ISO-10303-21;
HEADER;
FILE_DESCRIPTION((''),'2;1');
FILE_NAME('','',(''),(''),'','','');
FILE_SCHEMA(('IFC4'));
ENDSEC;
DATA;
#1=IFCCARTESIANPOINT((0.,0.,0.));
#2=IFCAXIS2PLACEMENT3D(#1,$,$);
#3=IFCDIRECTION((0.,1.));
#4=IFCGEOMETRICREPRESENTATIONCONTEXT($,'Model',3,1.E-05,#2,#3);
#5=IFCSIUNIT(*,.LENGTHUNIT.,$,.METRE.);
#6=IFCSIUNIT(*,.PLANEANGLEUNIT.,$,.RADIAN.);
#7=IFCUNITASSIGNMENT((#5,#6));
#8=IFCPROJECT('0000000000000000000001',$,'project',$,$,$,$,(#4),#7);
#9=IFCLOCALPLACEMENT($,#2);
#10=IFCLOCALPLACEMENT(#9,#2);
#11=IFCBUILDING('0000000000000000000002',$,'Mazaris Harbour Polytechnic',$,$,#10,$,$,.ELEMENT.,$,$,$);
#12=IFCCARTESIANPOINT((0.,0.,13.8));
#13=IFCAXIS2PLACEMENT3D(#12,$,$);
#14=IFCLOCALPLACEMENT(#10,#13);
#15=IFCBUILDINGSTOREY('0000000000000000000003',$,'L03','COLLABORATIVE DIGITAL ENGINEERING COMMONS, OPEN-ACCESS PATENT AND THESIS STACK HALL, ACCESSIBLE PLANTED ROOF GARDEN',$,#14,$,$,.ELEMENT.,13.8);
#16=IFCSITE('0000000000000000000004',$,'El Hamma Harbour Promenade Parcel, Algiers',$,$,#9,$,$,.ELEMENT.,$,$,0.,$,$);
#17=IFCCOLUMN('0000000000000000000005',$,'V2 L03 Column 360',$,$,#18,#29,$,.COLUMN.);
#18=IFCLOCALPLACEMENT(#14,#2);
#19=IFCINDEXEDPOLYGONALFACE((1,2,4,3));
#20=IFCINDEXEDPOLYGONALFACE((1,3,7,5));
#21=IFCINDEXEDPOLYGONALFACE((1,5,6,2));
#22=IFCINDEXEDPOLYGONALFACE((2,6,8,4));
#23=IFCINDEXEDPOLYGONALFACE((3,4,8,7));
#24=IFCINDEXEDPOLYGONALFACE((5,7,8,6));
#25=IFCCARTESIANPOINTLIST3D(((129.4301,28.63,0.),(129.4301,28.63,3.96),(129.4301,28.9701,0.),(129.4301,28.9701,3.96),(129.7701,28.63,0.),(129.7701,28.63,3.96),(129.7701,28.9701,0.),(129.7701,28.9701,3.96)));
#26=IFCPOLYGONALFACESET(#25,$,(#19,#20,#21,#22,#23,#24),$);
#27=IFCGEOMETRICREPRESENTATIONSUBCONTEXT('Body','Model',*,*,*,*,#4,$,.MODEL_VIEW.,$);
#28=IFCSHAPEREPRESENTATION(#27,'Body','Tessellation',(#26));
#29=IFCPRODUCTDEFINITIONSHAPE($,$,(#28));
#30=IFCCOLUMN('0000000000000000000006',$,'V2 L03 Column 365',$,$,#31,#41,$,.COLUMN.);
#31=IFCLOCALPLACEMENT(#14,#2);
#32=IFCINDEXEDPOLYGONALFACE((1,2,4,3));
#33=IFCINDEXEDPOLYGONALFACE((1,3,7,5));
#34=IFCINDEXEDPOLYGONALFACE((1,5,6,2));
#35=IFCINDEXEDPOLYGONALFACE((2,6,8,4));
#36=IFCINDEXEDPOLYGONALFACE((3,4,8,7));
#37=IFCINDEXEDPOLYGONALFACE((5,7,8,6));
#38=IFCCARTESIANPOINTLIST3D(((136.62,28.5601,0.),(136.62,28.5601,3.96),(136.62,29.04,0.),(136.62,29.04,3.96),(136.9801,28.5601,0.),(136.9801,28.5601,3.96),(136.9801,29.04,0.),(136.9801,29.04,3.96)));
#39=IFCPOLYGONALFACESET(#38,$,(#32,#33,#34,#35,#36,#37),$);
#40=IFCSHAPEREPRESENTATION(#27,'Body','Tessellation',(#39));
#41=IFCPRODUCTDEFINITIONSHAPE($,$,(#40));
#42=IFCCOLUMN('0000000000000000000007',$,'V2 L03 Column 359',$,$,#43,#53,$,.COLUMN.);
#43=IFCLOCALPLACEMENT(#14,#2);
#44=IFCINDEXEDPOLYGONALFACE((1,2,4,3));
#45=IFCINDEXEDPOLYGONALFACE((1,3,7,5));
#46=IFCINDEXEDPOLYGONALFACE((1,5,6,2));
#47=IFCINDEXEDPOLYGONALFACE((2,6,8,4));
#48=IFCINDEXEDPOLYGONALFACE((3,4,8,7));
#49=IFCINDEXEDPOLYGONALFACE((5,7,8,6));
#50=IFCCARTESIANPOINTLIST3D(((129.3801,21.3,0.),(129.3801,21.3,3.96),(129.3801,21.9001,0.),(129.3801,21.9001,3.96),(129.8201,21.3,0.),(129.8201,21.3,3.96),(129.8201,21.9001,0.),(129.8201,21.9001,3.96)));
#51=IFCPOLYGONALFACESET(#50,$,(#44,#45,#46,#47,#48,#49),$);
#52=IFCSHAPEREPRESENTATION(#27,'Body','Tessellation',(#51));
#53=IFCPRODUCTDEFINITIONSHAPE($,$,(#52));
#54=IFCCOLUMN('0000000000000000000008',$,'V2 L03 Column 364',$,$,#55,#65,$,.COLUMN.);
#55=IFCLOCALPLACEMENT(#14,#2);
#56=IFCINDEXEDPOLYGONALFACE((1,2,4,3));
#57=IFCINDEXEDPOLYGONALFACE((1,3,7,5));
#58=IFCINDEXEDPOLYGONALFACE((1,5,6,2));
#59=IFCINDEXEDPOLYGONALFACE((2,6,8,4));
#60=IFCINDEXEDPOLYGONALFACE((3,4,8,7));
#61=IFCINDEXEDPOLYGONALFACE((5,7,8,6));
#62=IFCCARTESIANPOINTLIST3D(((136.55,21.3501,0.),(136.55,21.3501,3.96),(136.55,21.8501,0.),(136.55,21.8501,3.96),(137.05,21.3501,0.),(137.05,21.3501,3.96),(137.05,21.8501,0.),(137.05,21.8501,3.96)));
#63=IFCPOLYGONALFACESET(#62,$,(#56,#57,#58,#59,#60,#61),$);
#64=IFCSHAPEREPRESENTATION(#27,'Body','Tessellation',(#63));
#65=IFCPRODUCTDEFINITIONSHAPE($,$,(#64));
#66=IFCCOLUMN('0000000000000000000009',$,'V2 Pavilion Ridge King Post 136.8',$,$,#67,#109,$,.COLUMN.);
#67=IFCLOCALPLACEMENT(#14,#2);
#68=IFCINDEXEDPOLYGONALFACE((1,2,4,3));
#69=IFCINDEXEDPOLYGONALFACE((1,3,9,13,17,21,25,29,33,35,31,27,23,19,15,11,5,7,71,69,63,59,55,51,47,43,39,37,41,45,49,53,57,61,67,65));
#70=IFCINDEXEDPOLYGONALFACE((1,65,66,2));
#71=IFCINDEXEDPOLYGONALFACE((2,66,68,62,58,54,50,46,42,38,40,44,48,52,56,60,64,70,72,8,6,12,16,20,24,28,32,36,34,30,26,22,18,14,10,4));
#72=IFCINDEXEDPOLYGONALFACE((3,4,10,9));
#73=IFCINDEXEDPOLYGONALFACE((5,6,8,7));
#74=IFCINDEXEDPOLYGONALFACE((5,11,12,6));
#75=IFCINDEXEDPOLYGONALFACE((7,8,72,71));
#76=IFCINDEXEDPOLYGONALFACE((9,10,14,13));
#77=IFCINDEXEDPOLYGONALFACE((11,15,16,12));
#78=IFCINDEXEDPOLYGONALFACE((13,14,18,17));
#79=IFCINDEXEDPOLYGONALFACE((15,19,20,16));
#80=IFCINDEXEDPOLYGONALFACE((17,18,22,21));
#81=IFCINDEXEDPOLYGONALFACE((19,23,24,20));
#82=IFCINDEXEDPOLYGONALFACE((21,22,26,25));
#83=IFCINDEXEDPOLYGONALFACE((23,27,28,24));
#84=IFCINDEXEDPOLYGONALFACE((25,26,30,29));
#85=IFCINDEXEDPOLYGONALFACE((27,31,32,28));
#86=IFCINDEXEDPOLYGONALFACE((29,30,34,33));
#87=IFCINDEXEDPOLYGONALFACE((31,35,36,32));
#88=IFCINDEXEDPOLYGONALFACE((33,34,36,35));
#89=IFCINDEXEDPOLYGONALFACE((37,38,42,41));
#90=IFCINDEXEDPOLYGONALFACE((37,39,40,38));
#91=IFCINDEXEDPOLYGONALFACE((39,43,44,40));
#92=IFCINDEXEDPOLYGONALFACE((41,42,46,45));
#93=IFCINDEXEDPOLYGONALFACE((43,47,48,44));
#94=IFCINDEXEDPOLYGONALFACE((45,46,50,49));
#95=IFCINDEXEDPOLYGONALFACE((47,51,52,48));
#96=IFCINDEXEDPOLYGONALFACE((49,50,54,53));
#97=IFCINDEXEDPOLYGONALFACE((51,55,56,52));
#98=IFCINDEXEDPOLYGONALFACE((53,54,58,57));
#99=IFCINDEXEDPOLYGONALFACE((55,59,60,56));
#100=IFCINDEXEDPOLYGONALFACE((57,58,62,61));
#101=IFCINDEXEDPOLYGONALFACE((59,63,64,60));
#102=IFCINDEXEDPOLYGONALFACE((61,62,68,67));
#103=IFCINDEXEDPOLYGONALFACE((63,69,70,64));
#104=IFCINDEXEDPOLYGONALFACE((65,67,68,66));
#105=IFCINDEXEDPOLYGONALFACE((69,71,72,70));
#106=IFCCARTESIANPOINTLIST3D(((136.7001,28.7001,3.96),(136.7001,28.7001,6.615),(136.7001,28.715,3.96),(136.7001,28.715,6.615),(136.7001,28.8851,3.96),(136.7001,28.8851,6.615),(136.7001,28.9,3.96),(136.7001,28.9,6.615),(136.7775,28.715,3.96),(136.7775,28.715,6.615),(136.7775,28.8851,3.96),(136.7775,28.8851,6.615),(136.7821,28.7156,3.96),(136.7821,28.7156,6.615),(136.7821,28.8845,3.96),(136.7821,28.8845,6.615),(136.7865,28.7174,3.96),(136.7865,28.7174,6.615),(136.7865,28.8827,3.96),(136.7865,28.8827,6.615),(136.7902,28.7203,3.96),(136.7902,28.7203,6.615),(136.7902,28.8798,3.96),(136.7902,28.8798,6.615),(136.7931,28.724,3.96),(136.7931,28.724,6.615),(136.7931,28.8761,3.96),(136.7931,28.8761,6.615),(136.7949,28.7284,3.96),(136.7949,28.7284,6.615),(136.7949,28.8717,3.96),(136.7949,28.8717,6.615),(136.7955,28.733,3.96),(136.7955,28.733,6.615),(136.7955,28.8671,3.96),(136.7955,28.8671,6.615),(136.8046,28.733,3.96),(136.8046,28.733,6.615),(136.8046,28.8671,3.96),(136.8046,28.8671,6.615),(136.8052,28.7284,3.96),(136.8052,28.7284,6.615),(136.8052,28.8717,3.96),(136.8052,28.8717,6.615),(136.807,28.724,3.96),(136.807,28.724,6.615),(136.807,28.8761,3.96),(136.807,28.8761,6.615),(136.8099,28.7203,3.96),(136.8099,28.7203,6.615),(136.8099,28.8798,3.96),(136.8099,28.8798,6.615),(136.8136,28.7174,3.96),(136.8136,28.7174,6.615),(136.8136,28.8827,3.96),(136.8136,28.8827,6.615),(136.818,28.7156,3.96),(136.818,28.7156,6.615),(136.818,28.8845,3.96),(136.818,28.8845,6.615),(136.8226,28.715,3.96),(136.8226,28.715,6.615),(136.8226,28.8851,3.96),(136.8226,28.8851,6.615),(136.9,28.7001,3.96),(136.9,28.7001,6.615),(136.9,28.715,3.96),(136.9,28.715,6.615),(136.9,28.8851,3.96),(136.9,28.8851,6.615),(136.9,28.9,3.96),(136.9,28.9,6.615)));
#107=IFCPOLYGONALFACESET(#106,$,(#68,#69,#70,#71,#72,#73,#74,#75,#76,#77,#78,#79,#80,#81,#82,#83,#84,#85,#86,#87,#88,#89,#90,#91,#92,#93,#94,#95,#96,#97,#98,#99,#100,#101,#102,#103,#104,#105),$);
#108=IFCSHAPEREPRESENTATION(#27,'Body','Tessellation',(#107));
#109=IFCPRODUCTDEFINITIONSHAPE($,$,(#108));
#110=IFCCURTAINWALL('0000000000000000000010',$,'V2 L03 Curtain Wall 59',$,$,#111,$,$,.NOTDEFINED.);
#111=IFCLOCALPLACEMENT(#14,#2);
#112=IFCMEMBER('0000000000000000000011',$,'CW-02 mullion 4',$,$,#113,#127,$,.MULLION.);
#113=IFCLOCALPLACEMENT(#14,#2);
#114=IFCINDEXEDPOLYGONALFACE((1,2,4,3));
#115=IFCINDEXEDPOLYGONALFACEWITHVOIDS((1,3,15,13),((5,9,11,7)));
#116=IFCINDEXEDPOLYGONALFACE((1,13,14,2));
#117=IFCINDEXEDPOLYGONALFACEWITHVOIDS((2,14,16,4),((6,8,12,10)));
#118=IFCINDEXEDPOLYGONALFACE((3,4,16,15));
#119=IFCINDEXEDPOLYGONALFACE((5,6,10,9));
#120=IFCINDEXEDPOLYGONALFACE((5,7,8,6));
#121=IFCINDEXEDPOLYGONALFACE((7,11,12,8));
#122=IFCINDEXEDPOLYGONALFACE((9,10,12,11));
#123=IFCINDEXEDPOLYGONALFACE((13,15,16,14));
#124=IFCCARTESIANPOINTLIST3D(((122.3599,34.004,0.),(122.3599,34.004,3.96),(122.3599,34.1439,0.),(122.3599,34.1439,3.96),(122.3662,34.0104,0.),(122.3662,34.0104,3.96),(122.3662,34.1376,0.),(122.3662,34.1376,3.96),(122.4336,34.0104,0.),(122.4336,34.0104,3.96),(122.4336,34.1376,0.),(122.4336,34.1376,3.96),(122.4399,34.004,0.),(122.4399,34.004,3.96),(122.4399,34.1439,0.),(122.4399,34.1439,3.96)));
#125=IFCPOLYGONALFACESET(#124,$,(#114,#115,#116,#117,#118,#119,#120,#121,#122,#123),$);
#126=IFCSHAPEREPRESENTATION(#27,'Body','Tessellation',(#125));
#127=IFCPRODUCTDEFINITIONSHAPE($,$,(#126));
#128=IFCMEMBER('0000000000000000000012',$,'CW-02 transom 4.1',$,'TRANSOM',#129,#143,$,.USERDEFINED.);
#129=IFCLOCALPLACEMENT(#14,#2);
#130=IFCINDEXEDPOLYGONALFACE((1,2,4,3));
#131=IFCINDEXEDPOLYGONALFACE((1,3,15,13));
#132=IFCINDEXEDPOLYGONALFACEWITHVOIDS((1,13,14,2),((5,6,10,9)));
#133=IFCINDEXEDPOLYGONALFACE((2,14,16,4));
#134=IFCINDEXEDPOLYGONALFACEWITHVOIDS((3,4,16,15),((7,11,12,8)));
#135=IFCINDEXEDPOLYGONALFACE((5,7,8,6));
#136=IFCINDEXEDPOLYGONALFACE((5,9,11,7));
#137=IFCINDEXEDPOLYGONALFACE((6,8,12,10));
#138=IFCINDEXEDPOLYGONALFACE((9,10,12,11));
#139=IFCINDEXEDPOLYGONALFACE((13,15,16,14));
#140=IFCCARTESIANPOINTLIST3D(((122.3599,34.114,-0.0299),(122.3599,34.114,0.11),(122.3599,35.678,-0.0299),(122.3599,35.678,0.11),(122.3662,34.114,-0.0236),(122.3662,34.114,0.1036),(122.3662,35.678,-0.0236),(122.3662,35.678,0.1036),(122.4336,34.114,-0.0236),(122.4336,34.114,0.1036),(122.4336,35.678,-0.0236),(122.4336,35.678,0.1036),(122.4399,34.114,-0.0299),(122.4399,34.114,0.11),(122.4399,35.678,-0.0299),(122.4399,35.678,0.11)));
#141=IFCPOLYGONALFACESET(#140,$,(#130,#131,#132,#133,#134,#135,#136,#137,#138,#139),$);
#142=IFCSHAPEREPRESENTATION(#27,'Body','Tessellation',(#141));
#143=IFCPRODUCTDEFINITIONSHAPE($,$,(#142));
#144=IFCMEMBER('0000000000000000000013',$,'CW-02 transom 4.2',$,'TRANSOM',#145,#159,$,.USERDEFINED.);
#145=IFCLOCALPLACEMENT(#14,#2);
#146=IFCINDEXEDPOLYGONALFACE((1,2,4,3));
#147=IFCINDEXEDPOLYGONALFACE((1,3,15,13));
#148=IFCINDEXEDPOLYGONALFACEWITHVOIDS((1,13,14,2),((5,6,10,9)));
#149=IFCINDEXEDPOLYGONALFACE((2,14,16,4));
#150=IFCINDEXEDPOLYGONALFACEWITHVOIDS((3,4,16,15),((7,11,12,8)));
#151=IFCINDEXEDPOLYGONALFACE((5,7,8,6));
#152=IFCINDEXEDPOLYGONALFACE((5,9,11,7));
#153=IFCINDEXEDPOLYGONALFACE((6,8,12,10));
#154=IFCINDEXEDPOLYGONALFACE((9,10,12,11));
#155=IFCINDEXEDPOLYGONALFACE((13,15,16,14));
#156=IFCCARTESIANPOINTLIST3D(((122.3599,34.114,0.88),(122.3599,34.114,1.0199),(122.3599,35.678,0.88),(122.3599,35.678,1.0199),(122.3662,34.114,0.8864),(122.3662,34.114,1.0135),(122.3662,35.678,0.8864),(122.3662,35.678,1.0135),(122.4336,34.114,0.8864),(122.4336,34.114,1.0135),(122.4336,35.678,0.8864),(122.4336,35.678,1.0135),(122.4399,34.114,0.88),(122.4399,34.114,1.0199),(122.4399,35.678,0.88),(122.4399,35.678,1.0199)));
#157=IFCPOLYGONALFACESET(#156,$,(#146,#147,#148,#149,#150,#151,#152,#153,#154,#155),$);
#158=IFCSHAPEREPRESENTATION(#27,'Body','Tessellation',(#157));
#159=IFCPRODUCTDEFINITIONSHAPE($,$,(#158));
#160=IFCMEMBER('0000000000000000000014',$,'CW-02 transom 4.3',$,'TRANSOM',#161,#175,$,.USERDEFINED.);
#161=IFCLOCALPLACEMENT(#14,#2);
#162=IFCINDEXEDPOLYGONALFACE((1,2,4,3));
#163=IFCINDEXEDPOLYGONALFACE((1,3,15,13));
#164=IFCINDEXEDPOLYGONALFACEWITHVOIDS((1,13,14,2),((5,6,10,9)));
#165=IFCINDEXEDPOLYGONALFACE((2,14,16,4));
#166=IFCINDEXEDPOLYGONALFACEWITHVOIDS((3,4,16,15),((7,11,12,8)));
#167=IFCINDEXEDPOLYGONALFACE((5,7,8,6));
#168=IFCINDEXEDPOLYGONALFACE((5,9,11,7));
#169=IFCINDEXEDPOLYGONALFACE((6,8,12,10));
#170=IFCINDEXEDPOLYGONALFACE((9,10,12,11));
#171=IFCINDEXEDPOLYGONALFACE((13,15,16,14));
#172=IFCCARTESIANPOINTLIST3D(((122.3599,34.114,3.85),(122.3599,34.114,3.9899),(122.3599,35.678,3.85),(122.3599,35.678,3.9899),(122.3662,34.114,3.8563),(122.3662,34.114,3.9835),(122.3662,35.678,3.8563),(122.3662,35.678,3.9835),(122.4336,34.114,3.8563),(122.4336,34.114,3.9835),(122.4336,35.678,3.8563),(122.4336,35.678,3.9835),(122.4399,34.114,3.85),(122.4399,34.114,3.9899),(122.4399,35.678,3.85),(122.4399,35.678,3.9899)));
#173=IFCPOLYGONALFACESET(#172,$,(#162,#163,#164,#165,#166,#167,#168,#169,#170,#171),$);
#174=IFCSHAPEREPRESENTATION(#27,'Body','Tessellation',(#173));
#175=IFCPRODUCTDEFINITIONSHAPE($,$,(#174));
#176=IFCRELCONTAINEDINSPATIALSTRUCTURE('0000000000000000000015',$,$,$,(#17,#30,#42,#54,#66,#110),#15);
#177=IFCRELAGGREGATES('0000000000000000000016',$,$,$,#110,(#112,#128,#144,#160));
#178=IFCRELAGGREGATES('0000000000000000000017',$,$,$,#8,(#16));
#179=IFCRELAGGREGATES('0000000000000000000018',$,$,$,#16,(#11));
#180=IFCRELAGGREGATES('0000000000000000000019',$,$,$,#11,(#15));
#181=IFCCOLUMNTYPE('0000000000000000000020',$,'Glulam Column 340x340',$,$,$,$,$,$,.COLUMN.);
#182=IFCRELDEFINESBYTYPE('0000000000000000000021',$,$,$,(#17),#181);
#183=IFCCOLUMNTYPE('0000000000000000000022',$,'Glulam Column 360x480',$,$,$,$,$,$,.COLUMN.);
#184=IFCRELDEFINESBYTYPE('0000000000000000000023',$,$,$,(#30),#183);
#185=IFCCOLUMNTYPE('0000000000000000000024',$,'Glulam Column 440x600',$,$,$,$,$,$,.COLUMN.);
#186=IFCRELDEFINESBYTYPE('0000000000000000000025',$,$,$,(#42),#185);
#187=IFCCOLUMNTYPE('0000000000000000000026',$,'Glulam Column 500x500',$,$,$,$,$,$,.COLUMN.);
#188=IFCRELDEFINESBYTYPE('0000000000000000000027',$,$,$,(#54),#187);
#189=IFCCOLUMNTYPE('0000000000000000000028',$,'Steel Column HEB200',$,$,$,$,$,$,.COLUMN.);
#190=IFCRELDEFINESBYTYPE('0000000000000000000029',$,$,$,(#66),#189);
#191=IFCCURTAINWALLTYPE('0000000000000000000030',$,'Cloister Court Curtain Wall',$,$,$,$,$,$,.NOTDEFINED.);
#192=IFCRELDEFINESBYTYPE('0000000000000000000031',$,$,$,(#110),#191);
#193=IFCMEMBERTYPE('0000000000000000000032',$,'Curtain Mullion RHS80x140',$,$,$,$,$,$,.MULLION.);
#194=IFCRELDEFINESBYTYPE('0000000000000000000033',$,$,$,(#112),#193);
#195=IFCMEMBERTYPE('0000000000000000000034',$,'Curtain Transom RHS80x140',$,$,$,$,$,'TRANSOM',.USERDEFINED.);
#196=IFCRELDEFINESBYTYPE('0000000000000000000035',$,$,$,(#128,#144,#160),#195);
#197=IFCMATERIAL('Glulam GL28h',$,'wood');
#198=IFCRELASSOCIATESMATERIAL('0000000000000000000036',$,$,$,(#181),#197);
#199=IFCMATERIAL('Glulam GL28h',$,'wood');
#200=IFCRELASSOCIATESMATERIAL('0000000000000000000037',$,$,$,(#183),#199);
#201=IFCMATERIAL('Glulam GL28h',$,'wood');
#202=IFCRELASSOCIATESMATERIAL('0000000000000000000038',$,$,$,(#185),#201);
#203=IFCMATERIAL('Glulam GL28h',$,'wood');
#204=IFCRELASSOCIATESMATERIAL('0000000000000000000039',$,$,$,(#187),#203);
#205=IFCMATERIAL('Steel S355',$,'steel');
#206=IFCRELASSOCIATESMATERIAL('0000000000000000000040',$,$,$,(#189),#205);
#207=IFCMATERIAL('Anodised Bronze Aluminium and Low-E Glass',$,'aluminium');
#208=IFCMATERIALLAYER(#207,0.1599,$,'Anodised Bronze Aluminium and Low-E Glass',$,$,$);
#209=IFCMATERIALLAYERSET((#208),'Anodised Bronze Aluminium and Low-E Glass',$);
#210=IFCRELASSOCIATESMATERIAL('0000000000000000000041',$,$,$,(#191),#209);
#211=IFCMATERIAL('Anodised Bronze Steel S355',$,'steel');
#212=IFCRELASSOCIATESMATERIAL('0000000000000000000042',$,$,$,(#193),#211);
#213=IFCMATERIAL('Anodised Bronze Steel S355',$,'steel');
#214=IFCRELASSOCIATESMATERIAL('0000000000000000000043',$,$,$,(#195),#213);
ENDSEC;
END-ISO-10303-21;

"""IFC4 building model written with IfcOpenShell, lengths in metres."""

from ifc_helpers import new_model, si_unit, direction, frame, origin, origin_2d, place, context, subcontext, project, spatial, rectangle, hollow_rectangle, i_section, extrude, material, layer, layer_set, material_profile, profile_set, type_object, element, aggregate, save


model = new_model("IFC4")

# Units and contexts
model_context = context("Model", 3, precision=1e-05, world=origin(), true_north=direction((0.0, 1.0)))
body_context = subcontext(model_context, "Body", "Model", "MODEL_VIEW")
ifc_project = project(units=[si_unit("LENGTHUNIT", "METRE"), si_unit("PLANEANGLEUNIT", "RADIAN")], contexts=[model_context])

# Site, building, storey
site_placement = place(None, origin())
site = spatial("IfcSite", under=ifc_project, at=site_placement, Name="El Hamma Harbour Promenade Parcel, Algiers", CompositionType="ELEMENT", RefElevation=0.0)
building_placement = place(site_placement, origin())
building = spatial("IfcBuilding", under=site, at=building_placement, Name="Mazaris Harbour Polytechnic", CompositionType="ELEMENT")
storey_placement = place(building_placement, frame((0.0, 0.0, 13.8)))
storey = spatial("IfcBuildingStorey", under=building, at=storey_placement, Name="L03", Description="COLLABORATIVE DIGITAL ENGINEERING COMMONS, OPEN-ACCESS PATENT AND THESIS STACK HALL, ACCESSIBLE PLANTED ROOF GARDEN", CompositionType="ELEMENT", Elevation=13.8)

# Columns
ifc_material_1 = material(Name="Glulam GL28h", Category="wood")
ifc_material_profile_1 = material_profile(ifc_material_1, rectangle(XDim=0.3401, YDim=0.3401, at=origin_2d()), Name="RECT340x340")
ifc_profile_set_1 = profile_set([ifc_material_profile_1], Name="Glulam GL28h")
column_type_1 = type_object("IfcColumnType", Name="Glulam Column 340x340", PredefinedType="COLUMN", material=ifc_profile_set_1)
column_1_placement = place(storey_placement, frame((129.6001, 28.8, 0.0), z_axis=(0.0, 0.0, 1.0), x_axis=(1.0, 0.0, 0.0)))
element("IfcColumn", 1, at=column_1_placement, inside=storey, type_object=column_type_1, Name="V2 L03 Column 360", PredefinedType="COLUMN", context=body_context, shape_type="SweptSolid", body=[
    extrude(rectangle(XDim=0.3401, YDim=0.3401, at=origin_2d()), origin(), (0.0, 0.0, 1.0), 3.96),
])
ifc_material_2 = material(Name="Glulam GL28h", Category="wood")
ifc_material_profile_2 = material_profile(ifc_material_2, rectangle(XDim=0.3601, YDim=0.48, at=origin_2d()), Name="RECT360x480")
ifc_profile_set_2 = profile_set([ifc_material_profile_2], Name="Glulam GL28h")
column_type_2 = type_object("IfcColumnType", Name="Glulam Column 360x480", PredefinedType="COLUMN", material=ifc_profile_set_2)
column_2_placement = place(storey_placement, frame((136.8, 28.8, 0.0), z_axis=(0.0, 0.0, 1.0), x_axis=(1.0, 0.0, 0.0)))
element("IfcColumn", 2, at=column_2_placement, inside=storey, type_object=column_type_2, Name="V2 L03 Column 365", PredefinedType="COLUMN", context=body_context, shape_type="SweptSolid", body=[
    extrude(rectangle(XDim=0.3601, YDim=0.48, at=origin_2d()), origin(), (0.0, 0.0, 1.0), 3.96),
])
ifc_material_3 = material(Name="Glulam GL28h", Category="wood")
ifc_material_profile_3 = material_profile(ifc_material_3, rectangle(XDim=0.4399, YDim=0.6001, at=origin_2d()), Name="RECT440x600")
ifc_profile_set_3 = profile_set([ifc_material_profile_3], Name="Glulam GL28h")
column_type_3 = type_object("IfcColumnType", Name="Glulam Column 440x600", PredefinedType="COLUMN", material=ifc_profile_set_3)
column_3_placement = place(storey_placement, frame((129.6001, 21.6001, 0.0), z_axis=(0.0, 0.0, 1.0), x_axis=(1.0, 0.0, 0.0)))
element("IfcColumn", 3, at=column_3_placement, inside=storey, type_object=column_type_3, Name="V2 L03 Column 359", PredefinedType="COLUMN", context=body_context, shape_type="SweptSolid", body=[
    extrude(rectangle(XDim=0.4399, YDim=0.6001, at=origin_2d()), origin(), (0.0, 0.0, 1.0), 3.96),
])
ifc_material_4 = material(Name="Glulam GL28h", Category="wood")
ifc_material_profile_4 = material_profile(ifc_material_4, rectangle(XDim=0.5, YDim=0.5, at=origin_2d()), Name="RECT500x500")
ifc_profile_set_4 = profile_set([ifc_material_profile_4], Name="Glulam GL28h")
column_type_4 = type_object("IfcColumnType", Name="Glulam Column 500x500", PredefinedType="COLUMN", material=ifc_profile_set_4)
column_4_placement = place(storey_placement, frame((136.8, 21.6001, 0.0), z_axis=(0.0, 0.0, 1.0), x_axis=(1.0, 0.0, 0.0)))
element("IfcColumn", 4, at=column_4_placement, inside=storey, type_object=column_type_4, Name="V2 L03 Column 364", PredefinedType="COLUMN", context=body_context, shape_type="SweptSolid", body=[
    extrude(rectangle(XDim=0.5, YDim=0.5, at=origin_2d()), origin(), (0.0, 0.0, 1.0), 3.96),
])
ifc_material_5 = material(Name="Steel S355", Category="steel")
ifc_material_profile_5 = material_profile(ifc_material_5, i_section(OverallWidth=0.2, OverallDepth=0.2, WebThickness=0.009, FlangeThickness=0.0149, FilletRadius=0.0181, at=origin_2d()), Name="HEB 200")
ifc_profile_set_5 = profile_set([ifc_material_profile_5], Name="Steel S355")
column_type_5 = type_object("IfcColumnType", Name="Steel Column HEB200", PredefinedType="COLUMN", material=ifc_profile_set_5)
column_5_placement = place(storey_placement, frame((136.8, 28.8, 3.96), z_axis=(0.0, 0.0, 1.0), x_axis=(1.0, 0.0, 0.0)))
element("IfcColumn", 5, at=column_5_placement, inside=storey, type_object=column_type_5, Name="V2 Pavilion Ridge King Post 136.8", PredefinedType="COLUMN", context=body_context, shape_type="SweptSolid", body=[
    extrude(i_section(OverallWidth=0.2, OverallDepth=0.2, WebThickness=0.009, FlangeThickness=0.0149, FilletRadius=0.0181, at=origin_2d()), origin(), (0.0, 0.0, 1.0), 2.655),
])

# Curtain wall, members
ifc_material_6 = material(Name="Anodised Bronze Aluminium and Low-E Glass", Category="aluminium")
ifc_layer_1 = layer(ifc_material_6, 0.1599, Name="Anodised Bronze Aluminium and Low-E Glass")
ifc_layer_set_1 = layer_set([ifc_layer_1], Name="Anodised Bronze Aluminium and Low-E Glass")
curtain_wall_type = type_object("IfcCurtainWallType", Name="Cloister Court Curtain Wall", PredefinedType="NOTDEFINED", material=ifc_layer_set_1)
curtain_wall_placement = place(storey_placement, origin())
curtain_wall = element("IfcCurtainWall", 6, at=curtain_wall_placement, inside=storey, type_object=curtain_wall_type, Name="V2 L03 Curtain Wall 59", PredefinedType="NOTDEFINED")
ifc_material_7 = material(Name="Anodised Bronze Steel S355", Category="steel")
ifc_material_profile_6 = material_profile(ifc_material_7, hollow_rectangle(XDim=0.0801, YDim=0.1399, WallThickness=0.0063, at=origin_2d()), Name="RHS 80x140x6.3")
ifc_profile_set_6 = profile_set([ifc_material_profile_6], Name="Anodised Bronze Steel S355")
member_type_1 = type_object("IfcMemberType", Name="Curtain Mullion RHS80x140", PredefinedType="MULLION", material=ifc_profile_set_6)
member_1_placement = place(storey_placement, frame((122.3999, 34.074, 0.0), z_axis=(0.0, 0.0, 1.0), x_axis=(-1.0, 0.0, 0.0)))
member_1 = element("IfcMember", 7, at=member_1_placement, type_object=member_type_1, Name="CW-02 mullion 4", PredefinedType="MULLION", context=body_context, shape_type="SweptSolid", body=[
    extrude(hollow_rectangle(XDim=0.0801, YDim=0.1399, WallThickness=0.0063, at=origin_2d()), origin(), (0.0, 0.0, 1.0), 3.96),
])
ifc_material_8 = material(Name="Anodised Bronze Steel S355", Category="steel")
ifc_material_profile_7 = material_profile(ifc_material_8, hollow_rectangle(XDim=0.0801, YDim=0.1399, WallThickness=0.0063, at=origin_2d()), Name="RHS 80x140x6.3")
ifc_profile_set_7 = profile_set([ifc_material_profile_7], Name="Anodised Bronze Steel S355")
member_type_2 = type_object("IfcMemberType", Name="Curtain Transom RHS80x140", ElementType="TRANSOM", PredefinedType="USERDEFINED", material=ifc_profile_set_7)
member_2_placement = place(storey_placement, frame((122.3999, 34.114, 0.04), z_axis=(0.0, 1.0, 0.0), x_axis=(-1.0, 0.0, 0.0)))
member_2 = element("IfcMember", 8, at=member_2_placement, type_object=member_type_2, Name="CW-02 transom 4.1", ObjectType="TRANSOM", PredefinedType="USERDEFINED", context=body_context, shape_type="SweptSolid", body=[
    extrude(hollow_rectangle(XDim=0.0801, YDim=0.1399, WallThickness=0.0063, at=origin_2d()), origin(), (0.0, 0.0, 1.0), 1.564),
])
member_3_placement = place(storey_placement, frame((122.3999, 34.114, 0.95), z_axis=(0.0, 1.0, 0.0), x_axis=(-1.0, 0.0, 0.0)))
member_3 = element("IfcMember", 9, at=member_3_placement, type_object=member_type_2, Name="CW-02 transom 4.2", ObjectType="TRANSOM", PredefinedType="USERDEFINED", context=body_context, shape_type="SweptSolid", body=[
    extrude(hollow_rectangle(XDim=0.0801, YDim=0.1399, WallThickness=0.0063, at=origin_2d()), origin(), (0.0, 0.0, 1.0), 1.564),
])
member_4_placement = place(storey_placement, frame((122.3999, 34.114, 3.9199), z_axis=(0.0, 1.0, 0.0), x_axis=(-1.0, 0.0, 0.0)))
member_4 = element("IfcMember", 10, at=member_4_placement, type_object=member_type_2, Name="CW-02 transom 4.3", ObjectType="TRANSOM", PredefinedType="USERDEFINED", context=body_context, shape_type="SweptSolid", body=[
    extrude(hollow_rectangle(XDim=0.0801, YDim=0.1399, WallThickness=0.0063, at=origin_2d()), origin(), (0.0, 0.0, 1.0), 1.564),
])
aggregate(curtain_wall, [member_1, member_2, member_3, member_4])

save(model, "model.ifc")
